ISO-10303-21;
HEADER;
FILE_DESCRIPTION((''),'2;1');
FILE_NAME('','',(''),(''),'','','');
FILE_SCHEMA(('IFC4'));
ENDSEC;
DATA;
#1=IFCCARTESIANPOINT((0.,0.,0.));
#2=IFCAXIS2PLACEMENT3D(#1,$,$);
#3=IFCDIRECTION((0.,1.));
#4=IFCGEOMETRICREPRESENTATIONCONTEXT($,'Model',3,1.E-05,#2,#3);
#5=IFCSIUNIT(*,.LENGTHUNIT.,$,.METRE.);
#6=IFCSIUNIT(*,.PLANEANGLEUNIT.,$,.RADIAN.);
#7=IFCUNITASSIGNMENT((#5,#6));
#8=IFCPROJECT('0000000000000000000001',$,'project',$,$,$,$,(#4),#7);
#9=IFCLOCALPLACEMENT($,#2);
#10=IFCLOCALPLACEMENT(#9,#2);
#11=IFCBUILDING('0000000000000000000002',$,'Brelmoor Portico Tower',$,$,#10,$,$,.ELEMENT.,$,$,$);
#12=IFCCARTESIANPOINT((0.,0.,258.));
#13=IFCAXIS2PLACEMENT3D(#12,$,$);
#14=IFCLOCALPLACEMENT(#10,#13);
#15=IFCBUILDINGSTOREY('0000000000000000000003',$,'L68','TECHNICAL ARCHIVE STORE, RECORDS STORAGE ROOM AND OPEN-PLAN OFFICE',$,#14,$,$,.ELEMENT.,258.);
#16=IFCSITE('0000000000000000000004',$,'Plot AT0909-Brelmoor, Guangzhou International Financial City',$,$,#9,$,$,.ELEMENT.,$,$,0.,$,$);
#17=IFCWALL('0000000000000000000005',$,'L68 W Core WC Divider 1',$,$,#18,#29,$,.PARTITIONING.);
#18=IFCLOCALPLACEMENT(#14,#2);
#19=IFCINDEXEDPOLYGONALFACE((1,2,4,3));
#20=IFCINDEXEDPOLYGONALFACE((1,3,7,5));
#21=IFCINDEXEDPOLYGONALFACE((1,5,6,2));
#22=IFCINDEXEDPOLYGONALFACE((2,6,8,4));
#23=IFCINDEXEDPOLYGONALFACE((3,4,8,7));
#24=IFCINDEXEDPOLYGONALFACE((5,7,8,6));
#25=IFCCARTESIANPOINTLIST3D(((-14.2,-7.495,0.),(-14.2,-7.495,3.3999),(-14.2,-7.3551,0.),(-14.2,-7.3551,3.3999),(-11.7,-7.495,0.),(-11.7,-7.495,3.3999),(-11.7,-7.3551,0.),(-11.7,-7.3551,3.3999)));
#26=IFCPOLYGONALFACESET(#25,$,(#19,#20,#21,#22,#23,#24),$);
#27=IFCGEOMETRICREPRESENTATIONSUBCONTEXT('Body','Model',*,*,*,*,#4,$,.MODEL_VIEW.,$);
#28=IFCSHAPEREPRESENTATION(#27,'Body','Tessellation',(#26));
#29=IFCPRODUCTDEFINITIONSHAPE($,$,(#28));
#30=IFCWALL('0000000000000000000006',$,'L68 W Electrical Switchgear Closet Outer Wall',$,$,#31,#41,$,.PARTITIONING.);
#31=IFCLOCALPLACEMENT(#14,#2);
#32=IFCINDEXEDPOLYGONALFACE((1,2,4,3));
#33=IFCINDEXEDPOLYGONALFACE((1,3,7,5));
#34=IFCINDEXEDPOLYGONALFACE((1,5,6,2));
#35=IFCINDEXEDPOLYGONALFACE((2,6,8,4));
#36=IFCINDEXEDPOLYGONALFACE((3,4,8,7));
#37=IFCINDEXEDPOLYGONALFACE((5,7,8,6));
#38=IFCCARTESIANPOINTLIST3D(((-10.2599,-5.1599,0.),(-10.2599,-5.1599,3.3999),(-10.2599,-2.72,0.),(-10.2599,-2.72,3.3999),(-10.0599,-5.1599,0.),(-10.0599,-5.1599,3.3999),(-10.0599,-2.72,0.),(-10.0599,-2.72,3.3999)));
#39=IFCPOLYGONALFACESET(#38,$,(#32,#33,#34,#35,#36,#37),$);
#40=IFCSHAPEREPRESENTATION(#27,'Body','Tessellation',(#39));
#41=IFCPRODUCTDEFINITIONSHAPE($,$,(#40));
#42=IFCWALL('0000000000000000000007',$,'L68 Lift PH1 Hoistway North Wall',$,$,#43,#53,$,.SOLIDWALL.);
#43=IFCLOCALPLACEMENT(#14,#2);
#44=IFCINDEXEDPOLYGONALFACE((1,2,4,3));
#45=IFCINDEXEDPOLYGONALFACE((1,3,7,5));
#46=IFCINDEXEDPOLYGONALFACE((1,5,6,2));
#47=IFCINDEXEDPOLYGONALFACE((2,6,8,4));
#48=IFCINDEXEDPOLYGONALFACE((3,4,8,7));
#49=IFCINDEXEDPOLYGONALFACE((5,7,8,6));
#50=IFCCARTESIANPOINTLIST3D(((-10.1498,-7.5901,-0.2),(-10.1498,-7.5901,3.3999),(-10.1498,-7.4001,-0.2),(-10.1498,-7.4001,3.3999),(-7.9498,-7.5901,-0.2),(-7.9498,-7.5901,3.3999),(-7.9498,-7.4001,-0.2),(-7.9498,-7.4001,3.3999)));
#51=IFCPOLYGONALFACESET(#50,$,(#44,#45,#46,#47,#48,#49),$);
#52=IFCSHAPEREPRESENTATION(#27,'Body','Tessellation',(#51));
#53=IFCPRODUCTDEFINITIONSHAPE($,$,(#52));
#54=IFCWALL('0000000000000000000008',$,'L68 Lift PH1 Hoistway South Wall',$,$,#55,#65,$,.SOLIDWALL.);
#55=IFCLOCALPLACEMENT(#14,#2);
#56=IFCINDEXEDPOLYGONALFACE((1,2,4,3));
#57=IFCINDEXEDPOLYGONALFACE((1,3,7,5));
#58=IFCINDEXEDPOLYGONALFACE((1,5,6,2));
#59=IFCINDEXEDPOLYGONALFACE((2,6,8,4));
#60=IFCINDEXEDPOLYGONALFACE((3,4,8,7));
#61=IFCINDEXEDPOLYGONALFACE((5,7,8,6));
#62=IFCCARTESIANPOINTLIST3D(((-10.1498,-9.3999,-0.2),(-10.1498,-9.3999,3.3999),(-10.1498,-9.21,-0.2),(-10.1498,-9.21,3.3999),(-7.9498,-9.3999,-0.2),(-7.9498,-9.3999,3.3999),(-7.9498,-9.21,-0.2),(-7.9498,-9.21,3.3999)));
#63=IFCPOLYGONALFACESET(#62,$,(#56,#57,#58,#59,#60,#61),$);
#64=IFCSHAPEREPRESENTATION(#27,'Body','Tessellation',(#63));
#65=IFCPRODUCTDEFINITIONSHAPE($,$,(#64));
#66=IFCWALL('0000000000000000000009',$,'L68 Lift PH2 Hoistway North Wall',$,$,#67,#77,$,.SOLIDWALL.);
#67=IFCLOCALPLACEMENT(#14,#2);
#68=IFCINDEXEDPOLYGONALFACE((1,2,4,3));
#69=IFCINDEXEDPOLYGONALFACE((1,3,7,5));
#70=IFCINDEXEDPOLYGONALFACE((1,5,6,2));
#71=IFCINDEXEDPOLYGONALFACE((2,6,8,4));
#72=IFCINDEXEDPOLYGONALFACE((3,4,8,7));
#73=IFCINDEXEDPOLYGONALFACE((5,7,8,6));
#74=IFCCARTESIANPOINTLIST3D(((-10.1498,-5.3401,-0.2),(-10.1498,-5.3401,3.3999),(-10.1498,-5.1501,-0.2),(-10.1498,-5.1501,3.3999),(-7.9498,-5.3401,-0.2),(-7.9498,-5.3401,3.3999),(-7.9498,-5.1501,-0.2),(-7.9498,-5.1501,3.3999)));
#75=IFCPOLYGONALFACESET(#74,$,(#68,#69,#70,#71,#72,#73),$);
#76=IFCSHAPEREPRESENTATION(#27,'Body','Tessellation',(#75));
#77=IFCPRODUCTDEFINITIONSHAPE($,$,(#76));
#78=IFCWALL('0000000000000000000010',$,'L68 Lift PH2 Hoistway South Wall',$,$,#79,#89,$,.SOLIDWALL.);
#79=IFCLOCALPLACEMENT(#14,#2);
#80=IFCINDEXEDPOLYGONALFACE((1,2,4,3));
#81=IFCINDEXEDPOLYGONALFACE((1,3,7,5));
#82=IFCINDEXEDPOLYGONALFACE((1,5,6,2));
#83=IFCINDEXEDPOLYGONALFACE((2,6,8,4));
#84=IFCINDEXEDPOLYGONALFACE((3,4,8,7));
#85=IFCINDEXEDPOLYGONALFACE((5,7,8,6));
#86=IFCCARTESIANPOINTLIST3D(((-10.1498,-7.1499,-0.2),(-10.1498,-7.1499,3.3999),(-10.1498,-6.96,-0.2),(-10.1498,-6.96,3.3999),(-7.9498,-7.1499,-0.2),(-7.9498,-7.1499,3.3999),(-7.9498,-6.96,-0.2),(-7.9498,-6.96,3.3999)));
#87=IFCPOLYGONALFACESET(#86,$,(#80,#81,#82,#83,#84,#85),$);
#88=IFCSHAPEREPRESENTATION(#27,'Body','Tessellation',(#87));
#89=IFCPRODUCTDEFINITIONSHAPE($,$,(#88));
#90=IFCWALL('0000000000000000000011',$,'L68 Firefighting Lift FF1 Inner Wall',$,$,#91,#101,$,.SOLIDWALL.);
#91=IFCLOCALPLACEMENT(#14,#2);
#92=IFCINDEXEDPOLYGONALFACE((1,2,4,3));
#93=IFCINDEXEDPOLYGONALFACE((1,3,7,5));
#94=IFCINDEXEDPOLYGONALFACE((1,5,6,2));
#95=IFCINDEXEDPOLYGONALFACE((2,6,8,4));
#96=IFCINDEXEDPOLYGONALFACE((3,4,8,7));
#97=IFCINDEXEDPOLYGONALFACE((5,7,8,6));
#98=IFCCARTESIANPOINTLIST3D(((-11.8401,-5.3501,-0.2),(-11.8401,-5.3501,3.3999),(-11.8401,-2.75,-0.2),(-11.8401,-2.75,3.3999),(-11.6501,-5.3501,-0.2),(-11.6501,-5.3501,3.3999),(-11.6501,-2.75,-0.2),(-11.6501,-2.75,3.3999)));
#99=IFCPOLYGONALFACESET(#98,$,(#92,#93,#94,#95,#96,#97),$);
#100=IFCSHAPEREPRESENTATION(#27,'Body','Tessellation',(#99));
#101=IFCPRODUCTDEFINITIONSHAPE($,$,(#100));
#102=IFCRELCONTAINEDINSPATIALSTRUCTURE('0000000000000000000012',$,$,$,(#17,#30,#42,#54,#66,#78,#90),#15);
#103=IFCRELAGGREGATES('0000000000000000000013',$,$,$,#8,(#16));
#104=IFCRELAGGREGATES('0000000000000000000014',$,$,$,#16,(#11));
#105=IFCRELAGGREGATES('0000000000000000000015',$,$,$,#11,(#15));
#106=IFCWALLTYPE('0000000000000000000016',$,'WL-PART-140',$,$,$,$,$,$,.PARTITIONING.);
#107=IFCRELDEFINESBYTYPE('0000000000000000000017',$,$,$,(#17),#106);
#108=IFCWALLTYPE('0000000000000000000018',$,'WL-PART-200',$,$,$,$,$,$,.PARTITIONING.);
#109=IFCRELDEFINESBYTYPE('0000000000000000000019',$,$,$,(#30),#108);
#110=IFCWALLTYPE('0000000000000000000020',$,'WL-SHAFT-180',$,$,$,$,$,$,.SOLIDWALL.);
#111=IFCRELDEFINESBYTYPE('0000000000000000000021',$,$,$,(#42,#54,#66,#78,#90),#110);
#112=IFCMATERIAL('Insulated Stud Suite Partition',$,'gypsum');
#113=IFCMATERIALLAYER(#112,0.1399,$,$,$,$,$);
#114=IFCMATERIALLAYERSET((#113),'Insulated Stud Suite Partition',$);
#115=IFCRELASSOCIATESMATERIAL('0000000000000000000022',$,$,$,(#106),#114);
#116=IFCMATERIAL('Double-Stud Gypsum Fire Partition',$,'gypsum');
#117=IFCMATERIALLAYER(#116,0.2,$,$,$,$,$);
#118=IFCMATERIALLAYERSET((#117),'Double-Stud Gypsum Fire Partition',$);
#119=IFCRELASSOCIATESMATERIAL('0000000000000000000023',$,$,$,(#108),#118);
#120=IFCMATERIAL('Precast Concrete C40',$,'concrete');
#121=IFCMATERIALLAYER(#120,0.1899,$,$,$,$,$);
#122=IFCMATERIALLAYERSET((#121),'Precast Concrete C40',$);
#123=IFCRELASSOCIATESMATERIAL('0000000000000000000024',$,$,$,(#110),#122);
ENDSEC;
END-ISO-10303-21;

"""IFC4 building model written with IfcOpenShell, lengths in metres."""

from ifc_helpers import new_model, si_unit, direction, frame, frame_2d, origin, place, context, subcontext, project, spatial, rectangle, extrude, material, layer, layer_set, type_object, element, save


model = new_model("IFC4")

# Units and contexts
model_context = context("Model", 3, precision=1e-05, world=origin(), true_north=direction((0.0, 1.0)))
body_context = subcontext(model_context, "Body", "Model", "MODEL_VIEW")
ifc_project = project(units=[si_unit("LENGTHUNIT", "METRE"), si_unit("PLANEANGLEUNIT", "RADIAN")], contexts=[model_context])

# Site, building, storey
site_placement = place(None, origin())
site = spatial("IfcSite", under=ifc_project, at=site_placement, Name="Plot AT0909-Brelmoor, Guangzhou International Financial City", CompositionType="ELEMENT", RefElevation=0.0)
building_placement = place(site_placement, origin())
building = spatial("IfcBuilding", under=site, at=building_placement, Name="Brelmoor Portico Tower", CompositionType="ELEMENT")
storey_placement = place(building_placement, frame((0.0, 0.0, 258.0)))
storey = spatial("IfcBuildingStorey", under=building, at=storey_placement, Name="L68", Description="TECHNICAL ARCHIVE STORE, RECORDS STORAGE ROOM AND OPEN-PLAN OFFICE", CompositionType="ELEMENT", Elevation=258.0)

# Wall
ifc_material_1 = material(Name="Insulated Stud Suite Partition", Category="gypsum")
ifc_layer_1 = layer(ifc_material_1, 0.1399)
ifc_layer_set_1 = layer_set([ifc_layer_1], Name="Insulated Stud Suite Partition")
wall_type_1 = type_object("IfcWallType", Name="WL-PART-140", PredefinedType="PARTITIONING", material=ifc_layer_set_1)
wall_1_placement = place(storey_placement, frame((-11.7, -7.425, 0.0), z_axis=(0.0, 0.0, 1.0), x_axis=(-1.0, 0.0, 0.0)))
element("IfcWall", 1, at=wall_1_placement, inside=storey, type_object=wall_type_1, Name="L68 W Core WC Divider 1", PredefinedType="PARTITIONING", context=body_context, shape_type="SweptSolid", body=[
    extrude(rectangle(XDim=2.5, YDim=0.1399, at=frame_2d((1.25, 0.0))), origin(), (0.0, 0.0, 1.0), 3.3999),
])

# Shared definitions
ifc_material_2 = material(Name="Double-Stud Gypsum Fire Partition", Category="gypsum")
ifc_layer_2 = layer(ifc_material_2, 0.2)
ifc_layer_set_2 = layer_set([ifc_layer_2], Name="Double-Stud Gypsum Fire Partition")
wall_type_2 = type_object("IfcWallType", Name="WL-PART-200", PredefinedType="PARTITIONING", material=ifc_layer_set_2)

# Walls
wall_2_placement = place(storey_placement, frame((-10.1599, -5.1599, 0.0), z_axis=(0.0, 0.0, 1.0), x_axis=(0.0, 1.0, 0.0)))
element("IfcWall", 2, at=wall_2_placement, inside=storey, type_object=wall_type_2, Name="L68 W Electrical Switchgear Closet Outer Wall", PredefinedType="PARTITIONING", context=body_context, shape_type="SweptSolid", body=[
    extrude(rectangle(XDim=2.4399, YDim=0.2, at=frame_2d((1.22, 0.0))), origin(), (0.0, 0.0, 1.0), 3.3999),
])
ifc_material_3 = material(Name="Precast Concrete C40", Category="concrete")
ifc_layer_3 = layer(ifc_material_3, 0.1899)
ifc_layer_set_3 = layer_set([ifc_layer_3], Name="Precast Concrete C40")
wall_type_3 = type_object("IfcWallType", Name="WL-SHAFT-180", PredefinedType="SOLIDWALL", material=ifc_layer_set_3)
for number, where, z_axis, x_axis, name in (
    (3, (-10.1499, -7.4951, -0.2), (0.0, 0.0, 1.0), (1.0, 0.0, 0.0), "L68 Lift PH1 Hoistway North Wall"),
    (4, (-10.1499, -9.3049, -0.2), (0.0, 0.0, 1.0), (1.0, 0.0, 0.0), "L68 Lift PH1 Hoistway South Wall"),
    (5, (-10.1499, -5.2451, -0.2), (0.0, 0.0, 1.0), (1.0, 0.0, 0.0), "L68 Lift PH2 Hoistway North Wall"),
    (6, (-10.1499, -7.0549, -0.2), (0.0, 0.0, 1.0), (1.0, 0.0, 0.0), "L68 Lift PH2 Hoistway South Wall"),
):
    element("IfcWall", number, at=place(storey_placement, frame(where, z_axis=z_axis, x_axis=x_axis)), inside=storey, type_object=wall_type_3, Name=name, PredefinedType="SOLIDWALL", context=body_context, shape_type="SweptSolid", body=[
        extrude(rectangle(XDim=2.2, YDim=0.1899, at=frame_2d((1.1001, 0.0))), origin(), (0.0, 0.0, 1.0), 3.5999),
    ])
wall_3_placement = place(storey_placement, frame((-11.7451, -5.3501, -0.2), z_axis=(0.0, 0.0, 1.0), x_axis=(0.0, 1.0, 0.0)))
element("IfcWall", 7, at=wall_3_placement, inside=storey, type_object=wall_type_3, Name="L68 Firefighting Lift FF1 Inner Wall", PredefinedType="SOLIDWALL", context=body_context, shape_type="SweptSolid", body=[
    extrude(rectangle(XDim=2.6001, YDim=0.1899, at=frame_2d((1.3, 0.0))), origin(), (0.0, 0.0, 1.0), 3.5999),
])

save(model, "model.ifc")
